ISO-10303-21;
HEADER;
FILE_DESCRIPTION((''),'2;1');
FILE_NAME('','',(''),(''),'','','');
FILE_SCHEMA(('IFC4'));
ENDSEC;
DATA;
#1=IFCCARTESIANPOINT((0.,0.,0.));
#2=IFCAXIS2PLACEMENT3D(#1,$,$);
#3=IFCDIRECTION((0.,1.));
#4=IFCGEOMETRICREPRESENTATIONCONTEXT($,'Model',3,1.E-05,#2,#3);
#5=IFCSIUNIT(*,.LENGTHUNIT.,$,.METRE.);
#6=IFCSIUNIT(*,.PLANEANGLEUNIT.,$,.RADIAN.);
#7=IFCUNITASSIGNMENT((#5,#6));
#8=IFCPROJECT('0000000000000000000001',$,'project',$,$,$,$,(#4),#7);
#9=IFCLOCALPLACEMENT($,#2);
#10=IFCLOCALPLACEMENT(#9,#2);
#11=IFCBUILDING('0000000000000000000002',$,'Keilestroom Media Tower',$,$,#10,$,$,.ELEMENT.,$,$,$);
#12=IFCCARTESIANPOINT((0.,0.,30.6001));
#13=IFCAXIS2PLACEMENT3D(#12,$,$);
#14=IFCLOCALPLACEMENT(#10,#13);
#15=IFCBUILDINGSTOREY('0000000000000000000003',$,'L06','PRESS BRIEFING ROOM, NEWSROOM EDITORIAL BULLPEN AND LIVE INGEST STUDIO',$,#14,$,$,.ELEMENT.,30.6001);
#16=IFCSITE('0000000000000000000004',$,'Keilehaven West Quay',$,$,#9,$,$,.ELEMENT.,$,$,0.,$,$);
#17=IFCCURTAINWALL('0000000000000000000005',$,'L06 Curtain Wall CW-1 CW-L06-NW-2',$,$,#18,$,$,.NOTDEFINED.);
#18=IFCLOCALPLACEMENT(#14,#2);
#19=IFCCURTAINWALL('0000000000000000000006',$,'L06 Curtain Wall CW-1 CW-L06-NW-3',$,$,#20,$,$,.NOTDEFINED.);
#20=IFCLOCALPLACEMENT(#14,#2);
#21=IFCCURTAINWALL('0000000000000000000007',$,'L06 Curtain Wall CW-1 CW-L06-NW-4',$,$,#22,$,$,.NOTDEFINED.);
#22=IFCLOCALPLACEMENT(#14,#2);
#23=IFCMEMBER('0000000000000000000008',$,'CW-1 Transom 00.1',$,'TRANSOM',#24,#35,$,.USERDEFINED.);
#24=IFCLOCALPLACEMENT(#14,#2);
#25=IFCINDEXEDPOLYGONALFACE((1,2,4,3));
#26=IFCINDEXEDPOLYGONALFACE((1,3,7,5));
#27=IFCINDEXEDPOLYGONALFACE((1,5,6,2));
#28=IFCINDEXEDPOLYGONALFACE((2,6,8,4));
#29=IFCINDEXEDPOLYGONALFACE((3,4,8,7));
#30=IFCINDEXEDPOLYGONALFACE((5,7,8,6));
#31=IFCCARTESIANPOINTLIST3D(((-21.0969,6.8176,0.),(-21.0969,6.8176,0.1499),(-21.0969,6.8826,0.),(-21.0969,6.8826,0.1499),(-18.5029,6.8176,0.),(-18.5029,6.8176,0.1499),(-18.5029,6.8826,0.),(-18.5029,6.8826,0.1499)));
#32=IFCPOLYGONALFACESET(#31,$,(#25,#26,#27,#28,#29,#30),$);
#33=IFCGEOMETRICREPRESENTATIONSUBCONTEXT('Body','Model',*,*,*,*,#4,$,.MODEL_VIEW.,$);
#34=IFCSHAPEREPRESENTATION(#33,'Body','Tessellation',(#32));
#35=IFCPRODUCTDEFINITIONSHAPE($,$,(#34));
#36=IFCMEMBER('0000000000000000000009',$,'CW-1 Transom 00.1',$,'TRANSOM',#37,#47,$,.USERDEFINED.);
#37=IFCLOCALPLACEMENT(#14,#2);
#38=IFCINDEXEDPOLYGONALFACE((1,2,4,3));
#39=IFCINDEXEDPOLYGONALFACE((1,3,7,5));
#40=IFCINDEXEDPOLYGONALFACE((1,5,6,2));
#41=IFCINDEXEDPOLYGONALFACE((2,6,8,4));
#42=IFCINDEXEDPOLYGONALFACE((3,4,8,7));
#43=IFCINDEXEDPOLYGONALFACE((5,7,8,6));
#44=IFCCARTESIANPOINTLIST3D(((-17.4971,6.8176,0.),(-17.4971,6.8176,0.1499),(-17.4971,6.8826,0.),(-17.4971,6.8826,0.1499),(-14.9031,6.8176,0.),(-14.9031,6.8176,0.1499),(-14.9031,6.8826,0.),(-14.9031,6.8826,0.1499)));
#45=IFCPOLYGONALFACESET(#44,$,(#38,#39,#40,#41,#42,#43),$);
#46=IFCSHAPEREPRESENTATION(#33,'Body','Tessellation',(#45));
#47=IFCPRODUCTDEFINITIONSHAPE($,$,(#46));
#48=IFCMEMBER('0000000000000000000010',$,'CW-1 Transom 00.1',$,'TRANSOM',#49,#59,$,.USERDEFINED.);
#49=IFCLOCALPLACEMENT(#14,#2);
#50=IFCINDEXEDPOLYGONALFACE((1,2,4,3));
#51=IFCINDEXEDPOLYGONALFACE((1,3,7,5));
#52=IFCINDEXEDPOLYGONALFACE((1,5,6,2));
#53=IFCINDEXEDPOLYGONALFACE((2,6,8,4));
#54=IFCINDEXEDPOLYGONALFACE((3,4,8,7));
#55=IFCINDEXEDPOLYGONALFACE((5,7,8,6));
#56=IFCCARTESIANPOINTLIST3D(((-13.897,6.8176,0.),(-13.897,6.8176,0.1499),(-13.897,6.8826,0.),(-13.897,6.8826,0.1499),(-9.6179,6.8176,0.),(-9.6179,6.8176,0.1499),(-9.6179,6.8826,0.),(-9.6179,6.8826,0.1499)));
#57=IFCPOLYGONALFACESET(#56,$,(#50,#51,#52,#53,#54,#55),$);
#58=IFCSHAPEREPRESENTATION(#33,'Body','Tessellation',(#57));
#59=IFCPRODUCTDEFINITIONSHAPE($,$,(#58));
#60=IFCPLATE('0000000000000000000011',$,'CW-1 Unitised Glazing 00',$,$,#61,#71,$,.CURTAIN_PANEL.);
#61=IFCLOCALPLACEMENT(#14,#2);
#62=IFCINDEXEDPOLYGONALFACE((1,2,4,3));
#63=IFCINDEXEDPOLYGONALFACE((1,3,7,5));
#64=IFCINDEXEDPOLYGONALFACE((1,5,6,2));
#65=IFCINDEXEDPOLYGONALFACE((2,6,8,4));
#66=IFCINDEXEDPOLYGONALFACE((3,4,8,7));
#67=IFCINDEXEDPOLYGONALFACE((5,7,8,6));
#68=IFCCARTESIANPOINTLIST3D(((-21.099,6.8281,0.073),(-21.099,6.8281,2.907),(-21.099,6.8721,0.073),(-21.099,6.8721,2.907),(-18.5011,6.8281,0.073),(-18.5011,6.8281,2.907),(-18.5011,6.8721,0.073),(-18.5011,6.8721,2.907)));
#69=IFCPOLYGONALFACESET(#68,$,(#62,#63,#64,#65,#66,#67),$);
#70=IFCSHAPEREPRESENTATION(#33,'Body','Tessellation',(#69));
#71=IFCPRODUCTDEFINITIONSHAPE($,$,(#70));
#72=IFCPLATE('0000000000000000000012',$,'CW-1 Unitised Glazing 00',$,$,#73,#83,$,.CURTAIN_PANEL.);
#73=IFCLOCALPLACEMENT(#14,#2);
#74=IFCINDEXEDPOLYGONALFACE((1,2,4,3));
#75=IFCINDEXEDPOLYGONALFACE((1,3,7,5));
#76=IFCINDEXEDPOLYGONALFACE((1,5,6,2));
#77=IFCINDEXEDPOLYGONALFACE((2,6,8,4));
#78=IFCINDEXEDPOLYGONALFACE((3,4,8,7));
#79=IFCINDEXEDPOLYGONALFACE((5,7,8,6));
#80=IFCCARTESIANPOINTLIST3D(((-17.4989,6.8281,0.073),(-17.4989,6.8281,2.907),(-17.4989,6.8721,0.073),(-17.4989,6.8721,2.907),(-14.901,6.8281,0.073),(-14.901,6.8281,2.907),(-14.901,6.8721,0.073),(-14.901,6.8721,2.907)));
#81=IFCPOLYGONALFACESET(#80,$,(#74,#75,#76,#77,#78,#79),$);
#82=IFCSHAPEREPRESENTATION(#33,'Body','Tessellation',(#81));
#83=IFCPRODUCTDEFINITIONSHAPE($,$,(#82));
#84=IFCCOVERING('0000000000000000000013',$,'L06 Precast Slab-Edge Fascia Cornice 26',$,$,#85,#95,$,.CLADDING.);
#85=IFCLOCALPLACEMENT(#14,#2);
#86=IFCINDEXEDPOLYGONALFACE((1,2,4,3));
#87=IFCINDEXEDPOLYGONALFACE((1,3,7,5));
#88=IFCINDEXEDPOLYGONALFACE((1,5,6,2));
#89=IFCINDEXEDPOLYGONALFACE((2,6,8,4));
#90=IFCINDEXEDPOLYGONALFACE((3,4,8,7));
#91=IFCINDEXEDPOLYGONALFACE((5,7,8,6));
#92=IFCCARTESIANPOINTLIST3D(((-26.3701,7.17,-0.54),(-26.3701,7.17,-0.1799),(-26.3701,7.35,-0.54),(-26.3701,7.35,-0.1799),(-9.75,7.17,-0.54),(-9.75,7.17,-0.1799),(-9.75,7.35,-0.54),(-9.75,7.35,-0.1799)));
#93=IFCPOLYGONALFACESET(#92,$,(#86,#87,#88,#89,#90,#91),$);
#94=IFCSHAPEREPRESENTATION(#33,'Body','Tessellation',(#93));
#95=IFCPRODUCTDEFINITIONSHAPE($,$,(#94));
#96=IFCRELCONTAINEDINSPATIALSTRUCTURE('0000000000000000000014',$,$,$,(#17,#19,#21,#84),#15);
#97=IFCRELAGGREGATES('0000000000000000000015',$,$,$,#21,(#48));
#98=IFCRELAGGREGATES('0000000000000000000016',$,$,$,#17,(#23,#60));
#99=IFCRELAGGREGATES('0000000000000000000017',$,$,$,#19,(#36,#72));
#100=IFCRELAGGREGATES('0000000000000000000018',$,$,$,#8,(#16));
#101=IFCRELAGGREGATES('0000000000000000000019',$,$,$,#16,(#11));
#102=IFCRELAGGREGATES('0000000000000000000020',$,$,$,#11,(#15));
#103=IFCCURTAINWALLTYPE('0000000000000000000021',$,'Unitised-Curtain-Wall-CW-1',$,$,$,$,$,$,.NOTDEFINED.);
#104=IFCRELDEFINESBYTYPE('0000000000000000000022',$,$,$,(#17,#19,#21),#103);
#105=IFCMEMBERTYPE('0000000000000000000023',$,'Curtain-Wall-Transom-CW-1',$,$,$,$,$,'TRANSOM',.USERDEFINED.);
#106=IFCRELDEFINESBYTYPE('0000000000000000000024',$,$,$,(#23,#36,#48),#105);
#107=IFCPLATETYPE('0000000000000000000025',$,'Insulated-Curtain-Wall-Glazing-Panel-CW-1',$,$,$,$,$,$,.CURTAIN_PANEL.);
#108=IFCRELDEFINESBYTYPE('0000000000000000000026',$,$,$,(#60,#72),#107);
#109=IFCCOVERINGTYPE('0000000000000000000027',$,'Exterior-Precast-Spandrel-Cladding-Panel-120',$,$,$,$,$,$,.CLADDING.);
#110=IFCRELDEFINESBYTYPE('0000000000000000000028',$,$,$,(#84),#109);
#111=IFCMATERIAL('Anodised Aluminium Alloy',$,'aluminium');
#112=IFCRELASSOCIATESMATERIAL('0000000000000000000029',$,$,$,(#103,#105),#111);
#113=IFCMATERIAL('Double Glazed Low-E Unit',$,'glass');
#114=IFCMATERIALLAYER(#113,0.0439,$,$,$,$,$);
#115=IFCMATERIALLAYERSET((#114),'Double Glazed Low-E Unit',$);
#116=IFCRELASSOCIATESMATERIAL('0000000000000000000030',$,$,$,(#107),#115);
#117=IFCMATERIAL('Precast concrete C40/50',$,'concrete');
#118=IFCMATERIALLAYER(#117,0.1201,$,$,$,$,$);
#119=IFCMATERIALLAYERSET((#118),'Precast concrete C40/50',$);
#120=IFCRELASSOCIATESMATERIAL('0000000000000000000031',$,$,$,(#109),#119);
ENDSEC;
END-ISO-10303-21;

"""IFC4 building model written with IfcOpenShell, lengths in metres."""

from ifc_helpers import new_model, si_unit, direction, frame, origin, origin_2d, place, context, subcontext, project, spatial, rectangle, extrude, source, transform, mapped, material, layer, layer_set, material_profile, profile_set, type_object, element, aggregate, save


model = new_model("IFC4")

# Units and contexts
model_context = context("Model", 3, precision=1e-05, world=origin(), true_north=direction((0.0, 1.0)))
body_context = subcontext(model_context, "Body", "Model", "MODEL_VIEW")
ifc_project = project(units=[si_unit("LENGTHUNIT", "METRE"), si_unit("PLANEANGLEUNIT", "RADIAN")], contexts=[model_context])

# Site, building, storey
site_placement = place(None, origin())
site = spatial("IfcSite", under=ifc_project, at=site_placement, Name="Keilehaven West Quay", CompositionType="ELEMENT", RefElevation=0.0)
building_placement = place(site_placement, origin())
building = spatial("IfcBuilding", under=site, at=building_placement, Name="Keilestroom Media Tower", CompositionType="ELEMENT")
storey_placement = place(building_placement, frame((0.0, 0.0, 30.6001)))
storey = spatial("IfcBuildingStorey", under=building, at=storey_placement, Name="L06", Description="PRESS BRIEFING ROOM, NEWSROOM EDITORIAL BULLPEN AND LIVE INGEST STUDIO", CompositionType="ELEMENT", Elevation=30.6001)

# Shared definitions
ifc_material_1 = material(Name="Precast concrete C40/50", Category="concrete")

# Shared definitions
ifc_material_2 = material(Name="Anodised Aluminium Alloy", Category="aluminium")
curtain_wall_type = type_object("IfcCurtainWallType", Name="Unitised-Curtain-Wall-CW-1", PredefinedType="NOTDEFINED", material=ifc_material_2)

# Curtain walls
curtain_wall_1_placement = place(storey_placement, origin())
curtain_wall_1 = element("IfcCurtainWall", 1, at=curtain_wall_1_placement, inside=storey, type_object=curtain_wall_type, Name="L06 Curtain Wall CW-1 CW-L06-NW-2", PredefinedType="NOTDEFINED")
curtain_wall_2_placement = place(storey_placement, origin())
curtain_wall_2 = element("IfcCurtainWall", 2, at=curtain_wall_2_placement, inside=storey, type_object=curtain_wall_type, Name="L06 Curtain Wall CW-1 CW-L06-NW-3", PredefinedType="NOTDEFINED")

# Curtain wall
curtain_wall_3_placement = place(storey_placement, origin())
curtain_wall_3 = element("IfcCurtainWall", 3, at=curtain_wall_3_placement, inside=storey, type_object=curtain_wall_type, Name="L06 Curtain Wall CW-1 CW-L06-NW-4", PredefinedType="NOTDEFINED")

# Members
ifc_material_profile_1 = material_profile(ifc_material_2, rectangle(XDim=0.0649, YDim=0.1499, at=origin_2d()), Name="ALU TRANSOM 65x150")
ifc_profile_set_1 = profile_set([ifc_material_profile_1], Name="Anodised Aluminium Alloy")
member_type_1 = type_object("IfcMemberType", Name="Curtain-Wall-Transom-CW-1", ElementType="TRANSOM", PredefinedType="USERDEFINED", material=ifc_profile_set_1)
shared_shape_1 = source(origin(), body_context, "Body", "SweptSolid", [
    extrude(rectangle(XDim=0.0649, YDim=0.1499, at=origin_2d()), origin(), (0.0, 0.0, 1.0), 2.594),
])
member_1_placement = place(storey_placement, frame((-21.0969, 6.8501, 0.075), z_axis=(1.0, 0.0, 0.0), x_axis=(0.0, 1.0, 0.0)))
member_1 = element("IfcMember", 4, at=member_1_placement, type_object=member_type_1, Name="CW-1 Transom 00.1", ObjectType="TRANSOM", PredefinedType="USERDEFINED", context=body_context, shape_type="MappedRepresentation", body=[
    mapped(shared_shape_1, transform((0.0, 0.0, 0.0), x_axis=(1.0, 0.0, 0.0), y_axis=(0.0, 1.0, 0.0), z_axis=(0.0, 0.0, 1.0), scale=1.0)),
])
member_2_placement = place(storey_placement, frame((-17.4971, 6.8501, 0.075), z_axis=(1.0, 0.0, 0.0), x_axis=(0.0, 1.0, 0.0)))
member_2 = element("IfcMember", 5, at=member_2_placement, type_object=member_type_1, Name="CW-1 Transom 00.1", ObjectType="TRANSOM", PredefinedType="USERDEFINED", context=body_context, shape_type="MappedRepresentation", body=[
    mapped(shared_shape_1, transform((0.0, 0.0, 0.0), x_axis=(1.0, 0.0, 0.0), y_axis=(0.0, 1.0, 0.0), z_axis=(0.0, 0.0, 1.0), scale=1.0)),
])
shared_shape_2 = source(origin(), body_context, "Body", "SweptSolid", [
    extrude(rectangle(XDim=0.0649, YDim=0.1499, at=origin_2d()), origin(), (0.0, 0.0, 1.0), 4.2791),
])
member_3_placement = place(storey_placement, frame((-13.897, 6.8501, 0.075), z_axis=(1.0, 0.0, 0.0), x_axis=(0.0, 1.0, 0.0)))
member_3 = element("IfcMember", 6, at=member_3_placement, type_object=member_type_1, Name="CW-1 Transom 00.1", ObjectType="TRANSOM", PredefinedType="USERDEFINED", context=body_context, shape_type="MappedRepresentation", body=[
    mapped(shared_shape_2, transform((0.0, 0.0, 0.0), x_axis=(1.0, 0.0, 0.0), y_axis=(0.0, 1.0, 0.0), z_axis=(0.0, 0.0, 1.0), scale=1.0)),
])
aggregate(curtain_wall_3, [member_3])

# Plates
ifc_material_3 = material(Name="Double Glazed Low-E Unit", Category="glass")
ifc_layer_1 = layer(ifc_material_3, 0.0439)
ifc_layer_set_1 = layer_set([ifc_layer_1], Name="Double Glazed Low-E Unit")
plate_type = type_object("IfcPlateType", Name="Insulated-Curtain-Wall-Glazing-Panel-CW-1", PredefinedType="CURTAIN_PANEL", material=ifc_layer_set_1)
shared_shape_3 = source(origin(), body_context, "Body", "SweptSolid", [
    extrude(rectangle(XDim=2.5979, YDim=0.0439, at=origin_2d()), origin(), (0.0, 0.0, 1.0), 2.834),
])
plate_1_placement = place(storey_placement, frame((-19.8, 6.8501, 0.073), z_axis=(0.0, 0.0, 1.0), x_axis=(1.0, 0.0, 0.0)))
plate_1 = element("IfcPlate", 7, at=plate_1_placement, type_object=plate_type, Name="CW-1 Unitised Glazing 00", PredefinedType="CURTAIN_PANEL", context=body_context, shape_type="MappedRepresentation", body=[
    mapped(shared_shape_3, transform((0.0, 0.0, 0.0), x_axis=(1.0, 0.0, 0.0), y_axis=(0.0, 1.0, 0.0), z_axis=(0.0, 0.0, 1.0), scale=1.0)),
])
aggregate(curtain_wall_1, [member_1, plate_1])
plate_2_placement = place(storey_placement, frame((-16.2, 6.8501, 0.073), z_axis=(0.0, 0.0, 1.0), x_axis=(1.0, 0.0, 0.0)))
plate_2 = element("IfcPlate", 8, at=plate_2_placement, type_object=plate_type, Name="CW-1 Unitised Glazing 00", PredefinedType="CURTAIN_PANEL", context=body_context, shape_type="MappedRepresentation", body=[
    mapped(shared_shape_3, transform((0.0, 0.0, 0.0), x_axis=(1.0, 0.0, 0.0), y_axis=(0.0, 1.0, 0.0), z_axis=(0.0, 0.0, 1.0), scale=1.0)),
])
aggregate(curtain_wall_2, [member_2, plate_2])

# Covering
ifc_layer_2 = layer(ifc_material_1, 0.1201)
ifc_layer_set_2 = layer_set([ifc_layer_2], Name="Precast concrete C40/50")
covering_type = type_object("IfcCoveringType", Name="Exterior-Precast-Spandrel-Cladding-Panel-120", PredefinedType="CLADDING", material=ifc_layer_set_2)
shared_shape_4 = source(origin(), body_context, "Body", "SweptSolid", [
    extrude(rectangle(XDim=16.6201, YDim=0.1799, at=origin_2d()), origin(), (0.0, 0.0, 1.0), 0.3601),
])
covering_placement = place(storey_placement, frame((-18.0601, 7.26, -0.54), z_axis=(0.0, 0.0, 1.0), x_axis=(1.0, 0.0, 0.0)))
element("IfcCovering", 9, at=covering_placement, inside=storey, type_object=covering_type, Name="L06 Precast Slab-Edge Fascia Cornice 26", PredefinedType="CLADDING", context=body_context, shape_type="MappedRepresentation", body=[
    mapped(shared_shape_4, transform((0.0, 0.0, 0.0), x_axis=(1.0, 0.0, 0.0), y_axis=(0.0, 1.0, 0.0), z_axis=(0.0, 0.0, 1.0), scale=1.0)),
])

save(model, "model.ifc")
